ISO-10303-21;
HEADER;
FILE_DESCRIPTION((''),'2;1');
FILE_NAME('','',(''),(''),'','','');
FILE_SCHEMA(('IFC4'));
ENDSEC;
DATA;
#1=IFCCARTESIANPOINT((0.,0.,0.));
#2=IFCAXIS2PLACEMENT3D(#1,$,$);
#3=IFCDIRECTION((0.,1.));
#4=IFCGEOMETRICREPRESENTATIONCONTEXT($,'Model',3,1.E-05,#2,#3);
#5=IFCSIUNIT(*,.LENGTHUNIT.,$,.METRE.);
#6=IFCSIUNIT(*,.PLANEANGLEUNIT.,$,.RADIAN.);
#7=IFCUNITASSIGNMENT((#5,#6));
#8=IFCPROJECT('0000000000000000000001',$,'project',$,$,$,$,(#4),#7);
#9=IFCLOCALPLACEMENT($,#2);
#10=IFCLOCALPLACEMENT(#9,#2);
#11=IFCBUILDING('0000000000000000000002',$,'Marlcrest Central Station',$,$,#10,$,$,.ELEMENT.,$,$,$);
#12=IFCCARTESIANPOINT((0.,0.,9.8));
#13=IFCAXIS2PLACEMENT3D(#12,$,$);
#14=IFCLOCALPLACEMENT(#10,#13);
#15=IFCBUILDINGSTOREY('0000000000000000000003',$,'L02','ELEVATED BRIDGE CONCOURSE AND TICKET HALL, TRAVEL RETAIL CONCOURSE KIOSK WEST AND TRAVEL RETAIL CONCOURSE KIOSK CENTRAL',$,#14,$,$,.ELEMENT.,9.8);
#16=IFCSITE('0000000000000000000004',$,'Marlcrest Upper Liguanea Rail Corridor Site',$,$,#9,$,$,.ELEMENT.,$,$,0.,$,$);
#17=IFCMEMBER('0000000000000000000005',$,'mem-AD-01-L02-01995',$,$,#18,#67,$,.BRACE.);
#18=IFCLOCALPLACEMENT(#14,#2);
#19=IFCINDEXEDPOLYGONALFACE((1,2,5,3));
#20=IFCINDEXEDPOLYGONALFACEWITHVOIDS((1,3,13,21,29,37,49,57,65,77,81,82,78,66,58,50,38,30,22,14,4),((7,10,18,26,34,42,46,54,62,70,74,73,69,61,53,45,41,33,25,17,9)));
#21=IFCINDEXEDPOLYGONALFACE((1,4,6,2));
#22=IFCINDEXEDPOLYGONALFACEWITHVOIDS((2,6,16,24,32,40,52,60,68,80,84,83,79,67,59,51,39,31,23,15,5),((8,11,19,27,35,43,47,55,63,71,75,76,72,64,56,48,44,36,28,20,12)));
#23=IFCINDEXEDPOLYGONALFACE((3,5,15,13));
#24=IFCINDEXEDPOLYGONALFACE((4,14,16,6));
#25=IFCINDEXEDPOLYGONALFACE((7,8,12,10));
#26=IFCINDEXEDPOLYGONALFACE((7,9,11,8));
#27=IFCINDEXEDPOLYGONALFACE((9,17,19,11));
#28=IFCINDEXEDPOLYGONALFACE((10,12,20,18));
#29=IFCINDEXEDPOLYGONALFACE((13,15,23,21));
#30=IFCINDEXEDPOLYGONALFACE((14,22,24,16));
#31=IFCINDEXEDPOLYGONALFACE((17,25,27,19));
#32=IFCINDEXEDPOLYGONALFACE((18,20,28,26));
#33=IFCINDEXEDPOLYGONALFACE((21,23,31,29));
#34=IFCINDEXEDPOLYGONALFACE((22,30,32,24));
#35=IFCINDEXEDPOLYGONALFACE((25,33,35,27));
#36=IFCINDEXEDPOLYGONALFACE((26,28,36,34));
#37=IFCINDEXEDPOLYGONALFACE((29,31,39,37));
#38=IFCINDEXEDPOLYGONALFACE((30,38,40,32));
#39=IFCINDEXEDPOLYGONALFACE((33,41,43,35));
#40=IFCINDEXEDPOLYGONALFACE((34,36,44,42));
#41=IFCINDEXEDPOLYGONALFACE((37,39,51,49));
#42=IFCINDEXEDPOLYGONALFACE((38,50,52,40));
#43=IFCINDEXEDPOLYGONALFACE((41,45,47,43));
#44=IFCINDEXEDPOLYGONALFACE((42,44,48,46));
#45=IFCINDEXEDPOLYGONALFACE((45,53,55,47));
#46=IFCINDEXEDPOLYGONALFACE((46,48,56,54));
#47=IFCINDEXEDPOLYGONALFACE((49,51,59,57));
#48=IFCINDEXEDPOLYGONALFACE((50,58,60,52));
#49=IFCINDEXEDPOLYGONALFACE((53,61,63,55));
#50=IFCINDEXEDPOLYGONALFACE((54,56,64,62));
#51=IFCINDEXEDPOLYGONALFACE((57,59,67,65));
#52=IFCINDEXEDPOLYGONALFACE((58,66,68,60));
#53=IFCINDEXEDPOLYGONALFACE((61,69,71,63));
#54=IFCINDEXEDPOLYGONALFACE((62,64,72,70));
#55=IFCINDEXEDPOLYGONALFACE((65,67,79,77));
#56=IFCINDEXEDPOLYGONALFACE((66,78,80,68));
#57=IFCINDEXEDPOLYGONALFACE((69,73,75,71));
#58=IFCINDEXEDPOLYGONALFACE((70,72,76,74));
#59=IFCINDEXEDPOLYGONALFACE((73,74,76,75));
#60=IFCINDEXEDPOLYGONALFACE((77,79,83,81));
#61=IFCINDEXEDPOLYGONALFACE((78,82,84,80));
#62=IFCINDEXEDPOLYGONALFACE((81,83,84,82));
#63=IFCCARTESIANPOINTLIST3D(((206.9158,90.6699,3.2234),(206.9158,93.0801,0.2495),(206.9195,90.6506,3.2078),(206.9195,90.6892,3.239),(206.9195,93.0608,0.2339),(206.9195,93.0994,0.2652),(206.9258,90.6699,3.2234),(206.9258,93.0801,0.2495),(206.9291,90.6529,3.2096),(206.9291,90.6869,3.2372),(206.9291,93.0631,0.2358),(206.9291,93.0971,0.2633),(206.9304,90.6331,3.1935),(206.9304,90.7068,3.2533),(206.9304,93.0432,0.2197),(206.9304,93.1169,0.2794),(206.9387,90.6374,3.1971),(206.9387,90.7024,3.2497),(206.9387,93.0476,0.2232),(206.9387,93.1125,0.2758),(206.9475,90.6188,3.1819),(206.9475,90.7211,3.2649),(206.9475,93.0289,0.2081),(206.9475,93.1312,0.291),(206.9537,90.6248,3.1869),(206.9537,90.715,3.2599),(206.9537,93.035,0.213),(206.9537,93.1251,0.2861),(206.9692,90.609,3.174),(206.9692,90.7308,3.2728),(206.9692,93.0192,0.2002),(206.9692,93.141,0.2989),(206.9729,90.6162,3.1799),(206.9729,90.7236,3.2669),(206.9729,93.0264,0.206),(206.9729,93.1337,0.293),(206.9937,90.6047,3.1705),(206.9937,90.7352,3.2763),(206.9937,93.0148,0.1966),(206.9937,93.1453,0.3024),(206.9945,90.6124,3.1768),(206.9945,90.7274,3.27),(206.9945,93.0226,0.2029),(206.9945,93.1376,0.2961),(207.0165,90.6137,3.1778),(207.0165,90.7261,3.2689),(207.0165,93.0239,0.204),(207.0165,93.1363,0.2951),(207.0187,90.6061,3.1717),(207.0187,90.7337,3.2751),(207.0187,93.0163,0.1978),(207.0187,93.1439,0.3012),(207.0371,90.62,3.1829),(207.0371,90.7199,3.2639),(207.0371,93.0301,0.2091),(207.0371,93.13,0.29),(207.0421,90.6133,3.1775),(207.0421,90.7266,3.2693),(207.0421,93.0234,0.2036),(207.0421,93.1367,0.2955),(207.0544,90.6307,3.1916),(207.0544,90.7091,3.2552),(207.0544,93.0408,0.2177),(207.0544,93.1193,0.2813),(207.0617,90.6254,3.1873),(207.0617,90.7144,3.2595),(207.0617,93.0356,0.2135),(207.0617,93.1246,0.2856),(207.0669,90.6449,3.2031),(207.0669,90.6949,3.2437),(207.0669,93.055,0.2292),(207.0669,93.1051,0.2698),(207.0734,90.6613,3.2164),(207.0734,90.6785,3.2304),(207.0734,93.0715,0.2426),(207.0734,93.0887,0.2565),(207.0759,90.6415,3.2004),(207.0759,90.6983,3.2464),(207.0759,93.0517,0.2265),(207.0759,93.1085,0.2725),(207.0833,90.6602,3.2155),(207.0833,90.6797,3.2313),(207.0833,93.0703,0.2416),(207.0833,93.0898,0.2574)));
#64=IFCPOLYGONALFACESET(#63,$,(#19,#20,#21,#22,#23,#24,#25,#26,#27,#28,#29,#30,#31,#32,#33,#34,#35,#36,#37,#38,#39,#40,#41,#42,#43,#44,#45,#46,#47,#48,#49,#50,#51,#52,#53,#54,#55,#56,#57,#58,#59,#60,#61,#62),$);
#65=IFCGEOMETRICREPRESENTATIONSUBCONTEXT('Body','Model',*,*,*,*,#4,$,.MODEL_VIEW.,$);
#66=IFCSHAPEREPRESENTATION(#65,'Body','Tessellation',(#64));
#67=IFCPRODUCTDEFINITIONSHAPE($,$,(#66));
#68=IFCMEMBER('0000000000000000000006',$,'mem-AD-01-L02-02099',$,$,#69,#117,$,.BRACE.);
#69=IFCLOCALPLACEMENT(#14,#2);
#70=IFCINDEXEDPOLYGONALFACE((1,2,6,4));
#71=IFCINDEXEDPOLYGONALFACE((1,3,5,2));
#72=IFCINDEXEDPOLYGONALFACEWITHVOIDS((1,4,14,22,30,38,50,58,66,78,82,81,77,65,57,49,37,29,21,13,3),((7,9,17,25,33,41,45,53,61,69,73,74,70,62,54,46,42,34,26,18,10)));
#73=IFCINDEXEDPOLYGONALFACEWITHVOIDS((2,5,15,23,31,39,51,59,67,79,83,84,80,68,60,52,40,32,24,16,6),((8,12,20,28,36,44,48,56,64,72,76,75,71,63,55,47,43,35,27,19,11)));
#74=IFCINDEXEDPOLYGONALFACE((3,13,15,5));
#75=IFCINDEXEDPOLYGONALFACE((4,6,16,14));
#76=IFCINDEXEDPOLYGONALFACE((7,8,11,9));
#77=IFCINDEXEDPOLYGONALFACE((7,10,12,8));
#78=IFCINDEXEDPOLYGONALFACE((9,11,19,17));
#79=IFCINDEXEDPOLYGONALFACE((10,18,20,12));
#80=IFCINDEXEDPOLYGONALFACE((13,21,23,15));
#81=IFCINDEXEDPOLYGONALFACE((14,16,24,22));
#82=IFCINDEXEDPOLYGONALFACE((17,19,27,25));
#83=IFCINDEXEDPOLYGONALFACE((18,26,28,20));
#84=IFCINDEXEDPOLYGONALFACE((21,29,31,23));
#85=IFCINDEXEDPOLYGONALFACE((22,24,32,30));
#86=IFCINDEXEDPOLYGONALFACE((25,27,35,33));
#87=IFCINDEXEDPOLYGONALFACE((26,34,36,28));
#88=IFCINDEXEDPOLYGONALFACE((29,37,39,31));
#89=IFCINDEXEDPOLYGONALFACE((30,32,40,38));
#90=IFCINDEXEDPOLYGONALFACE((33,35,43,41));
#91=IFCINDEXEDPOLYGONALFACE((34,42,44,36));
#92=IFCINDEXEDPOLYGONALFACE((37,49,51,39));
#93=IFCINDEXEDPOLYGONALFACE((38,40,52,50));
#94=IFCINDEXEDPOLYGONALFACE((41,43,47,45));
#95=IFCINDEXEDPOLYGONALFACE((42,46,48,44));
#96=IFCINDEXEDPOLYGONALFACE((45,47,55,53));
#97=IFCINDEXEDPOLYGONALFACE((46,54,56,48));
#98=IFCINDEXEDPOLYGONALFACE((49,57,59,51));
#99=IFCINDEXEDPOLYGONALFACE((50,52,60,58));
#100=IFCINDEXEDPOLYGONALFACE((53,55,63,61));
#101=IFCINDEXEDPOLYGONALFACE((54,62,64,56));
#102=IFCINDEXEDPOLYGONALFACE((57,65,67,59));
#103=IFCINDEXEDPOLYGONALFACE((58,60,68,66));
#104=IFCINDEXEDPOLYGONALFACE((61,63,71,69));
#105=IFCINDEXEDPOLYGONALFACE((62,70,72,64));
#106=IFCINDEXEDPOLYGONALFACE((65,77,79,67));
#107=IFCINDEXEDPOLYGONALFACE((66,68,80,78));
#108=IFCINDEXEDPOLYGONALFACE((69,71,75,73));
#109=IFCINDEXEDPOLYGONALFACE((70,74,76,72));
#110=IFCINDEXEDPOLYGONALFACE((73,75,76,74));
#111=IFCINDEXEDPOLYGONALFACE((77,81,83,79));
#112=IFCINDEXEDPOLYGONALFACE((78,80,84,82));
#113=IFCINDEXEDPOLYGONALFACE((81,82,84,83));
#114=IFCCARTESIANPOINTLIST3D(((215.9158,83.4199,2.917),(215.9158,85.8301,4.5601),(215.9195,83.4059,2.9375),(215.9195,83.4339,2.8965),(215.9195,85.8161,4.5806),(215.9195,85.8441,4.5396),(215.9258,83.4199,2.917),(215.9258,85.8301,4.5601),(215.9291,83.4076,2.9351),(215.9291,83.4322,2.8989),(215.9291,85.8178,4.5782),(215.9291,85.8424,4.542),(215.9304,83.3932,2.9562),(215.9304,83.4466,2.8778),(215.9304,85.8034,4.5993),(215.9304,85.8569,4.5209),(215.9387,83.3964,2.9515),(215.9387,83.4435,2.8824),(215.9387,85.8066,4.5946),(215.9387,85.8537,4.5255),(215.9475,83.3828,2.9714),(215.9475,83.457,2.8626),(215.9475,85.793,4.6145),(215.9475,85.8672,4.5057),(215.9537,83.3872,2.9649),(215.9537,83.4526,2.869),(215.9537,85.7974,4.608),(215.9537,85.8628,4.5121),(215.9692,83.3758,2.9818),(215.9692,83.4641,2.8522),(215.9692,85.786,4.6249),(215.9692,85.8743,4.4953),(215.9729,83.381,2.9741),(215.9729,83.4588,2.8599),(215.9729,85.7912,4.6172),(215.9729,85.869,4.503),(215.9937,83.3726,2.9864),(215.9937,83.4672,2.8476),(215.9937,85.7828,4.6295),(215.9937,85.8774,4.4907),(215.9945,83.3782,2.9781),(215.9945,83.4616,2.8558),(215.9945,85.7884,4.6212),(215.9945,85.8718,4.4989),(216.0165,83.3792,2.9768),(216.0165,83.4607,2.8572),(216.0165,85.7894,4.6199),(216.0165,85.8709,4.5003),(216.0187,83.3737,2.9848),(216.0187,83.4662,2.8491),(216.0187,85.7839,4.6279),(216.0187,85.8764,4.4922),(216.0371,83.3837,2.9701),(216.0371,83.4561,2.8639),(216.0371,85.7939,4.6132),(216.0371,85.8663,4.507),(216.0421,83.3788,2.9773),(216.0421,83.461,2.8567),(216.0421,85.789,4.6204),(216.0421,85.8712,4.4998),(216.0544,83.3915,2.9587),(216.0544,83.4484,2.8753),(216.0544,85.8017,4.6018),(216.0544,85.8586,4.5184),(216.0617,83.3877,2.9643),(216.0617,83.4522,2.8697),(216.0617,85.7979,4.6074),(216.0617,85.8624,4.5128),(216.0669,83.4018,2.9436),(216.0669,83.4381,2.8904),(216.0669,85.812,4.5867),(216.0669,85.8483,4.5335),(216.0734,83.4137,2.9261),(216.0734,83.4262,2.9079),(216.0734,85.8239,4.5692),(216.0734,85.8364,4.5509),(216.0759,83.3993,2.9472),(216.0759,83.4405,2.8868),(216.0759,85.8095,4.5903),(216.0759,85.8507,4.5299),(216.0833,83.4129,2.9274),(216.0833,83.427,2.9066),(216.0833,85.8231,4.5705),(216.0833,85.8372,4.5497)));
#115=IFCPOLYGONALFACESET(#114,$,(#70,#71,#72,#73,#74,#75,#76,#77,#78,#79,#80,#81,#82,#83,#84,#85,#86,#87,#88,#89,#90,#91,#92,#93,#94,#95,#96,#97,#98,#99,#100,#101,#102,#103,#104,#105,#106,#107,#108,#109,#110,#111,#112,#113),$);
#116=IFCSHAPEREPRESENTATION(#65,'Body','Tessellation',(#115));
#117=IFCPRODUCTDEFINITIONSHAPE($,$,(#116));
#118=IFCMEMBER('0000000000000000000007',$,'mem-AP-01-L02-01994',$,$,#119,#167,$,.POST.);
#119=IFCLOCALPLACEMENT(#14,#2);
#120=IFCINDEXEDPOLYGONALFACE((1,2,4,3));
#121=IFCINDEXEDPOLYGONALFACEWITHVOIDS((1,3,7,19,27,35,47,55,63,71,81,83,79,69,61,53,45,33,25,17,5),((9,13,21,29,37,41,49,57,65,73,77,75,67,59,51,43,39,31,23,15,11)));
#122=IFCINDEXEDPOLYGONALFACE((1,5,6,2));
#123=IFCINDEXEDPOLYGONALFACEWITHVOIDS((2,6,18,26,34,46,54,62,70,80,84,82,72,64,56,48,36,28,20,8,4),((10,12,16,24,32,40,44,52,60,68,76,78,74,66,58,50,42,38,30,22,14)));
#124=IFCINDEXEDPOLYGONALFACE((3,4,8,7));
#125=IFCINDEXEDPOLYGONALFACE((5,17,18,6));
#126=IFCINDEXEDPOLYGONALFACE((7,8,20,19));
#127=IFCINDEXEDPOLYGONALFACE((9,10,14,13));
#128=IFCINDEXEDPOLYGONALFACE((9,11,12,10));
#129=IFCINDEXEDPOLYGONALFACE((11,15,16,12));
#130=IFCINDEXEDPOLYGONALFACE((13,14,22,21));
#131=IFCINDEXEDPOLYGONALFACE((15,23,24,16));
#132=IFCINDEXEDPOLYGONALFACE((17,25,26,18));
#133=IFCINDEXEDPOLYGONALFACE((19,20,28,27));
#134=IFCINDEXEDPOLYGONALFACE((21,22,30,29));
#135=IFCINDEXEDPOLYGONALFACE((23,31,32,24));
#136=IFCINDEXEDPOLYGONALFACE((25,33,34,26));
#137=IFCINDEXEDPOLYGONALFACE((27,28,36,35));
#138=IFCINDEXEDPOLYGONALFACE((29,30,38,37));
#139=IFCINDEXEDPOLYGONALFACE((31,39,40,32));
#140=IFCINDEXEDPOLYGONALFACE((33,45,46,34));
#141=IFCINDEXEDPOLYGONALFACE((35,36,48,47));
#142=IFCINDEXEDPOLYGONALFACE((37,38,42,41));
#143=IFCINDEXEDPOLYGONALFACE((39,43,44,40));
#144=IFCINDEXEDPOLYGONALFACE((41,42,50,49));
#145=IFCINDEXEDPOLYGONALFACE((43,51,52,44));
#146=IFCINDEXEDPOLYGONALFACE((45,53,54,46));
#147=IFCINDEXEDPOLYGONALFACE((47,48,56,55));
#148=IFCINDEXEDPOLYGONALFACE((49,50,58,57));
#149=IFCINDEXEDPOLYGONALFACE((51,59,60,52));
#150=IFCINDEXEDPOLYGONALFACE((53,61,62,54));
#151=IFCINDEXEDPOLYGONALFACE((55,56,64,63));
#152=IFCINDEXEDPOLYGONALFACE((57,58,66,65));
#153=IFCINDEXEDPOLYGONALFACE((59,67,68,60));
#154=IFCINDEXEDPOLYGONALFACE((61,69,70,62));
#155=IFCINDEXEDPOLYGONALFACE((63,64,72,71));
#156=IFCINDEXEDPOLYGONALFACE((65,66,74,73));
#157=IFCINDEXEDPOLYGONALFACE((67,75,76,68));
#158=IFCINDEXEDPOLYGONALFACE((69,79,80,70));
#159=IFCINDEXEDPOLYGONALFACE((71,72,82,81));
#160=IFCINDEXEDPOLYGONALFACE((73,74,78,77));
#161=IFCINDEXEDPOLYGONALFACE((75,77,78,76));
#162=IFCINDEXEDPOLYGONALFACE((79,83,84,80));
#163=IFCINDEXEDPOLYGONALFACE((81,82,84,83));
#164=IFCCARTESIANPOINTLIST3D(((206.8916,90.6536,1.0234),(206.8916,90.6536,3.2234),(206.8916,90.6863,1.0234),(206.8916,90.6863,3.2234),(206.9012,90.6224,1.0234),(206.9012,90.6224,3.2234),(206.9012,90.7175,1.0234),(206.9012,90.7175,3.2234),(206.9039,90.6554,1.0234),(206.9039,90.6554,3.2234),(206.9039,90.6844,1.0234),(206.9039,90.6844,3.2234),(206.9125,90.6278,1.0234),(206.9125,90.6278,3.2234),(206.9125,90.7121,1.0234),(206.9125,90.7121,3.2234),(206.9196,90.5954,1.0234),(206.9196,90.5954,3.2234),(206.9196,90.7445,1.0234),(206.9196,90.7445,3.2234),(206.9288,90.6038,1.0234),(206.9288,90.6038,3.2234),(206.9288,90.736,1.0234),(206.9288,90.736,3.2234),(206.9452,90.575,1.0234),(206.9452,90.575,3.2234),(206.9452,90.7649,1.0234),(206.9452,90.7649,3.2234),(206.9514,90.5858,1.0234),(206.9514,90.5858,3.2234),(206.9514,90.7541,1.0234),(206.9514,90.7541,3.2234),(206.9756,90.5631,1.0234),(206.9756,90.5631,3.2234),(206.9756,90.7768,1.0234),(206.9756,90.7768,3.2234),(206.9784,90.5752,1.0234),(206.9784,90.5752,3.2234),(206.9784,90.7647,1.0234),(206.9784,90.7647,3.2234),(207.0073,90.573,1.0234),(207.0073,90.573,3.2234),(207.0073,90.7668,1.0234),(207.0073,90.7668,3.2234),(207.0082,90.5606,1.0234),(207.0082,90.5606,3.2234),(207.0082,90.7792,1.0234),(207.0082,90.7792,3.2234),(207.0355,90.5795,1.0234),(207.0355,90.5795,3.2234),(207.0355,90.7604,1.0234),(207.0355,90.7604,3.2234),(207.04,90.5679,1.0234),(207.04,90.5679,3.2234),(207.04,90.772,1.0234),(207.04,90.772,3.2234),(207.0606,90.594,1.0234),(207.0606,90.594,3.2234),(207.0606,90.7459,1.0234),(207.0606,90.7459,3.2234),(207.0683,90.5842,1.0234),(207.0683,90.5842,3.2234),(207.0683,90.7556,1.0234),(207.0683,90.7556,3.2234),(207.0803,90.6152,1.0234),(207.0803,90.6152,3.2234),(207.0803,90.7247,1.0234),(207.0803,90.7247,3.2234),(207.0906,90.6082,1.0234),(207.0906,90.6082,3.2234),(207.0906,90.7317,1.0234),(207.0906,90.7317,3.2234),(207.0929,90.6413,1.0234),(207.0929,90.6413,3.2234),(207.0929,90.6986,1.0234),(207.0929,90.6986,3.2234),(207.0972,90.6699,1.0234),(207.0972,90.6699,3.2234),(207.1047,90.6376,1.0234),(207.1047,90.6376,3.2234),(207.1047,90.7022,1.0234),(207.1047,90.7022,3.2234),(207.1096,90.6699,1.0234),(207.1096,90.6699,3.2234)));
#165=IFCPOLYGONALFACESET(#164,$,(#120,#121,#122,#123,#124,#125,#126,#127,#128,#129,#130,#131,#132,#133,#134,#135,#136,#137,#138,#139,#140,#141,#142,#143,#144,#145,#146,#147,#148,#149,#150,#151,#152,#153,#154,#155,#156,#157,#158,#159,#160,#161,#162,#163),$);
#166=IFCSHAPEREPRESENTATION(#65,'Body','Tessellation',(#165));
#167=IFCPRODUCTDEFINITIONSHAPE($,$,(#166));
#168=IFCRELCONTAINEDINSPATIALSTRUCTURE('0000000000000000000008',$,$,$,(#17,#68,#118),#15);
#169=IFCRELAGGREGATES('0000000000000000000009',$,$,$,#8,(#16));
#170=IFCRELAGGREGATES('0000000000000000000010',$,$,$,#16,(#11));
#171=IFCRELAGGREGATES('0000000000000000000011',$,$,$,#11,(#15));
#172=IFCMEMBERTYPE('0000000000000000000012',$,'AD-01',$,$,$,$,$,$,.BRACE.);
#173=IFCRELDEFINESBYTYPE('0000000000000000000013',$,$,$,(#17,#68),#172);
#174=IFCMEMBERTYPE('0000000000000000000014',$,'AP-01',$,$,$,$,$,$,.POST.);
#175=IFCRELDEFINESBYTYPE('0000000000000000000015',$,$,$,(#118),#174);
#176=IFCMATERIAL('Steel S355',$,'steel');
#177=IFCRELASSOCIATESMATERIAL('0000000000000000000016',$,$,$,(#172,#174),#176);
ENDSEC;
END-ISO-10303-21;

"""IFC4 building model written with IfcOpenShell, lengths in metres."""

from ifc_helpers import new_model, si_unit, direction, frame, origin, origin_2d, place, context, subcontext, project, spatial, hollow_circle, extrude, material, material_profile, profile_set, type_object, element, save


model = new_model("IFC4")

# Units and contexts
model_context = context("Model", 3, precision=1e-05, world=origin(), true_north=direction((0.0, 1.0)))
body_context = subcontext(model_context, "Body", "Model", "MODEL_VIEW")
ifc_project = project(units=[si_unit("LENGTHUNIT", "METRE"), si_unit("PLANEANGLEUNIT", "RADIAN")], contexts=[model_context])

# Site, building, storey
site_placement = place(None, origin())
site = spatial("IfcSite", under=ifc_project, at=site_placement, Name="Marlcrest Upper Liguanea Rail Corridor Site", CompositionType="ELEMENT", RefElevation=0.0)
building_placement = place(site_placement, origin())
building = spatial("IfcBuilding", under=site, at=building_placement, Name="Marlcrest Central Station", CompositionType="ELEMENT")
storey_placement = place(building_placement, frame((0.0, 0.0, 9.8)))
storey = spatial("IfcBuildingStorey", under=building, at=storey_placement, Name="L02", Description="ELEVATED BRIDGE CONCOURSE AND TICKET HALL, TRAVEL RETAIL CONCOURSE KIOSK WEST AND TRAVEL RETAIL CONCOURSE KIOSK CENTRAL", CompositionType="ELEMENT", Elevation=9.8)

# Members
ifc_material_1 = material(Name="Steel S355", Category="steel")
ifc_material_profile_1 = material_profile(ifc_material_1, hollow_circle(Radius=0.0842, WallThickness=0.01, at=origin_2d()), Name="CHS 168.3x10")
ifc_profile_set_1 = profile_set([ifc_material_profile_1], Name="Steel S355")
member_type_1 = type_object("IfcMemberType", Name="AD-01", PredefinedType="BRACE", material=ifc_profile_set_1)
member_1_placement = place(storey_placement, frame((207.0, 90.6699, 3.2234), z_axis=(0.0, 0.629629, -0.776896), x_axis=(-1.0, 0.0, 0.0)))
element("IfcMember", 1, at=member_1_placement, inside=storey, type_object=member_type_1, Name="mem-AD-01-L02-01995", PredefinedType="BRACE", context=body_context, shape_type="SweptSolid", body=[
    extrude(hollow_circle(Radius=0.0842, WallThickness=0.01, at=origin_2d()), origin(), (0.0, 0.0, 1.0), 3.8279),
])
member_2_placement = place(storey_placement, frame((216.0, 83.4199, 2.917), z_axis=(0.0, 0.826263, 0.563285), x_axis=(-1.0, 0.0, 0.0)))
element("IfcMember", 2, at=member_2_placement, inside=storey, type_object=member_type_1, Name="mem-AD-01-L02-02099", PredefinedType="BRACE", context=body_context, shape_type="SweptSolid", body=[
    extrude(hollow_circle(Radius=0.0842, WallThickness=0.01, at=origin_2d()), origin(), (0.0, 0.0, 1.0), 2.917),
])
ifc_material_profile_2 = material_profile(ifc_material_1, hollow_circle(Radius=0.1096, WallThickness=0.0125, at=origin_2d()), Name="CHS 219.1x12.5")
ifc_profile_set_2 = profile_set([ifc_material_profile_2], Name="Steel S355")
member_type_2 = type_object("IfcMemberType", Name="AP-01", PredefinedType="POST", material=ifc_profile_set_2)
for number, where, z_axis, x_axis, name in (
    (3, (207.0, 90.6699, 1.0234), (0.0, 0.0, 1.0), (1.0, 0.0, 0.0), "mem-AP-01-L02-01994"),
):
    element("IfcMember", number, at=place(storey_placement, frame(where, z_axis=z_axis, x_axis=x_axis)), inside=storey, type_object=member_type_2, Name=name, PredefinedType="POST", context=body_context, shape_type="SweptSolid", body=[
        extrude(hollow_circle(Radius=0.1096, WallThickness=0.0125, at=origin_2d()), origin(), (0.0, 0.0, 1.0), 2.2),
    ])

save(model, "model.ifc")
